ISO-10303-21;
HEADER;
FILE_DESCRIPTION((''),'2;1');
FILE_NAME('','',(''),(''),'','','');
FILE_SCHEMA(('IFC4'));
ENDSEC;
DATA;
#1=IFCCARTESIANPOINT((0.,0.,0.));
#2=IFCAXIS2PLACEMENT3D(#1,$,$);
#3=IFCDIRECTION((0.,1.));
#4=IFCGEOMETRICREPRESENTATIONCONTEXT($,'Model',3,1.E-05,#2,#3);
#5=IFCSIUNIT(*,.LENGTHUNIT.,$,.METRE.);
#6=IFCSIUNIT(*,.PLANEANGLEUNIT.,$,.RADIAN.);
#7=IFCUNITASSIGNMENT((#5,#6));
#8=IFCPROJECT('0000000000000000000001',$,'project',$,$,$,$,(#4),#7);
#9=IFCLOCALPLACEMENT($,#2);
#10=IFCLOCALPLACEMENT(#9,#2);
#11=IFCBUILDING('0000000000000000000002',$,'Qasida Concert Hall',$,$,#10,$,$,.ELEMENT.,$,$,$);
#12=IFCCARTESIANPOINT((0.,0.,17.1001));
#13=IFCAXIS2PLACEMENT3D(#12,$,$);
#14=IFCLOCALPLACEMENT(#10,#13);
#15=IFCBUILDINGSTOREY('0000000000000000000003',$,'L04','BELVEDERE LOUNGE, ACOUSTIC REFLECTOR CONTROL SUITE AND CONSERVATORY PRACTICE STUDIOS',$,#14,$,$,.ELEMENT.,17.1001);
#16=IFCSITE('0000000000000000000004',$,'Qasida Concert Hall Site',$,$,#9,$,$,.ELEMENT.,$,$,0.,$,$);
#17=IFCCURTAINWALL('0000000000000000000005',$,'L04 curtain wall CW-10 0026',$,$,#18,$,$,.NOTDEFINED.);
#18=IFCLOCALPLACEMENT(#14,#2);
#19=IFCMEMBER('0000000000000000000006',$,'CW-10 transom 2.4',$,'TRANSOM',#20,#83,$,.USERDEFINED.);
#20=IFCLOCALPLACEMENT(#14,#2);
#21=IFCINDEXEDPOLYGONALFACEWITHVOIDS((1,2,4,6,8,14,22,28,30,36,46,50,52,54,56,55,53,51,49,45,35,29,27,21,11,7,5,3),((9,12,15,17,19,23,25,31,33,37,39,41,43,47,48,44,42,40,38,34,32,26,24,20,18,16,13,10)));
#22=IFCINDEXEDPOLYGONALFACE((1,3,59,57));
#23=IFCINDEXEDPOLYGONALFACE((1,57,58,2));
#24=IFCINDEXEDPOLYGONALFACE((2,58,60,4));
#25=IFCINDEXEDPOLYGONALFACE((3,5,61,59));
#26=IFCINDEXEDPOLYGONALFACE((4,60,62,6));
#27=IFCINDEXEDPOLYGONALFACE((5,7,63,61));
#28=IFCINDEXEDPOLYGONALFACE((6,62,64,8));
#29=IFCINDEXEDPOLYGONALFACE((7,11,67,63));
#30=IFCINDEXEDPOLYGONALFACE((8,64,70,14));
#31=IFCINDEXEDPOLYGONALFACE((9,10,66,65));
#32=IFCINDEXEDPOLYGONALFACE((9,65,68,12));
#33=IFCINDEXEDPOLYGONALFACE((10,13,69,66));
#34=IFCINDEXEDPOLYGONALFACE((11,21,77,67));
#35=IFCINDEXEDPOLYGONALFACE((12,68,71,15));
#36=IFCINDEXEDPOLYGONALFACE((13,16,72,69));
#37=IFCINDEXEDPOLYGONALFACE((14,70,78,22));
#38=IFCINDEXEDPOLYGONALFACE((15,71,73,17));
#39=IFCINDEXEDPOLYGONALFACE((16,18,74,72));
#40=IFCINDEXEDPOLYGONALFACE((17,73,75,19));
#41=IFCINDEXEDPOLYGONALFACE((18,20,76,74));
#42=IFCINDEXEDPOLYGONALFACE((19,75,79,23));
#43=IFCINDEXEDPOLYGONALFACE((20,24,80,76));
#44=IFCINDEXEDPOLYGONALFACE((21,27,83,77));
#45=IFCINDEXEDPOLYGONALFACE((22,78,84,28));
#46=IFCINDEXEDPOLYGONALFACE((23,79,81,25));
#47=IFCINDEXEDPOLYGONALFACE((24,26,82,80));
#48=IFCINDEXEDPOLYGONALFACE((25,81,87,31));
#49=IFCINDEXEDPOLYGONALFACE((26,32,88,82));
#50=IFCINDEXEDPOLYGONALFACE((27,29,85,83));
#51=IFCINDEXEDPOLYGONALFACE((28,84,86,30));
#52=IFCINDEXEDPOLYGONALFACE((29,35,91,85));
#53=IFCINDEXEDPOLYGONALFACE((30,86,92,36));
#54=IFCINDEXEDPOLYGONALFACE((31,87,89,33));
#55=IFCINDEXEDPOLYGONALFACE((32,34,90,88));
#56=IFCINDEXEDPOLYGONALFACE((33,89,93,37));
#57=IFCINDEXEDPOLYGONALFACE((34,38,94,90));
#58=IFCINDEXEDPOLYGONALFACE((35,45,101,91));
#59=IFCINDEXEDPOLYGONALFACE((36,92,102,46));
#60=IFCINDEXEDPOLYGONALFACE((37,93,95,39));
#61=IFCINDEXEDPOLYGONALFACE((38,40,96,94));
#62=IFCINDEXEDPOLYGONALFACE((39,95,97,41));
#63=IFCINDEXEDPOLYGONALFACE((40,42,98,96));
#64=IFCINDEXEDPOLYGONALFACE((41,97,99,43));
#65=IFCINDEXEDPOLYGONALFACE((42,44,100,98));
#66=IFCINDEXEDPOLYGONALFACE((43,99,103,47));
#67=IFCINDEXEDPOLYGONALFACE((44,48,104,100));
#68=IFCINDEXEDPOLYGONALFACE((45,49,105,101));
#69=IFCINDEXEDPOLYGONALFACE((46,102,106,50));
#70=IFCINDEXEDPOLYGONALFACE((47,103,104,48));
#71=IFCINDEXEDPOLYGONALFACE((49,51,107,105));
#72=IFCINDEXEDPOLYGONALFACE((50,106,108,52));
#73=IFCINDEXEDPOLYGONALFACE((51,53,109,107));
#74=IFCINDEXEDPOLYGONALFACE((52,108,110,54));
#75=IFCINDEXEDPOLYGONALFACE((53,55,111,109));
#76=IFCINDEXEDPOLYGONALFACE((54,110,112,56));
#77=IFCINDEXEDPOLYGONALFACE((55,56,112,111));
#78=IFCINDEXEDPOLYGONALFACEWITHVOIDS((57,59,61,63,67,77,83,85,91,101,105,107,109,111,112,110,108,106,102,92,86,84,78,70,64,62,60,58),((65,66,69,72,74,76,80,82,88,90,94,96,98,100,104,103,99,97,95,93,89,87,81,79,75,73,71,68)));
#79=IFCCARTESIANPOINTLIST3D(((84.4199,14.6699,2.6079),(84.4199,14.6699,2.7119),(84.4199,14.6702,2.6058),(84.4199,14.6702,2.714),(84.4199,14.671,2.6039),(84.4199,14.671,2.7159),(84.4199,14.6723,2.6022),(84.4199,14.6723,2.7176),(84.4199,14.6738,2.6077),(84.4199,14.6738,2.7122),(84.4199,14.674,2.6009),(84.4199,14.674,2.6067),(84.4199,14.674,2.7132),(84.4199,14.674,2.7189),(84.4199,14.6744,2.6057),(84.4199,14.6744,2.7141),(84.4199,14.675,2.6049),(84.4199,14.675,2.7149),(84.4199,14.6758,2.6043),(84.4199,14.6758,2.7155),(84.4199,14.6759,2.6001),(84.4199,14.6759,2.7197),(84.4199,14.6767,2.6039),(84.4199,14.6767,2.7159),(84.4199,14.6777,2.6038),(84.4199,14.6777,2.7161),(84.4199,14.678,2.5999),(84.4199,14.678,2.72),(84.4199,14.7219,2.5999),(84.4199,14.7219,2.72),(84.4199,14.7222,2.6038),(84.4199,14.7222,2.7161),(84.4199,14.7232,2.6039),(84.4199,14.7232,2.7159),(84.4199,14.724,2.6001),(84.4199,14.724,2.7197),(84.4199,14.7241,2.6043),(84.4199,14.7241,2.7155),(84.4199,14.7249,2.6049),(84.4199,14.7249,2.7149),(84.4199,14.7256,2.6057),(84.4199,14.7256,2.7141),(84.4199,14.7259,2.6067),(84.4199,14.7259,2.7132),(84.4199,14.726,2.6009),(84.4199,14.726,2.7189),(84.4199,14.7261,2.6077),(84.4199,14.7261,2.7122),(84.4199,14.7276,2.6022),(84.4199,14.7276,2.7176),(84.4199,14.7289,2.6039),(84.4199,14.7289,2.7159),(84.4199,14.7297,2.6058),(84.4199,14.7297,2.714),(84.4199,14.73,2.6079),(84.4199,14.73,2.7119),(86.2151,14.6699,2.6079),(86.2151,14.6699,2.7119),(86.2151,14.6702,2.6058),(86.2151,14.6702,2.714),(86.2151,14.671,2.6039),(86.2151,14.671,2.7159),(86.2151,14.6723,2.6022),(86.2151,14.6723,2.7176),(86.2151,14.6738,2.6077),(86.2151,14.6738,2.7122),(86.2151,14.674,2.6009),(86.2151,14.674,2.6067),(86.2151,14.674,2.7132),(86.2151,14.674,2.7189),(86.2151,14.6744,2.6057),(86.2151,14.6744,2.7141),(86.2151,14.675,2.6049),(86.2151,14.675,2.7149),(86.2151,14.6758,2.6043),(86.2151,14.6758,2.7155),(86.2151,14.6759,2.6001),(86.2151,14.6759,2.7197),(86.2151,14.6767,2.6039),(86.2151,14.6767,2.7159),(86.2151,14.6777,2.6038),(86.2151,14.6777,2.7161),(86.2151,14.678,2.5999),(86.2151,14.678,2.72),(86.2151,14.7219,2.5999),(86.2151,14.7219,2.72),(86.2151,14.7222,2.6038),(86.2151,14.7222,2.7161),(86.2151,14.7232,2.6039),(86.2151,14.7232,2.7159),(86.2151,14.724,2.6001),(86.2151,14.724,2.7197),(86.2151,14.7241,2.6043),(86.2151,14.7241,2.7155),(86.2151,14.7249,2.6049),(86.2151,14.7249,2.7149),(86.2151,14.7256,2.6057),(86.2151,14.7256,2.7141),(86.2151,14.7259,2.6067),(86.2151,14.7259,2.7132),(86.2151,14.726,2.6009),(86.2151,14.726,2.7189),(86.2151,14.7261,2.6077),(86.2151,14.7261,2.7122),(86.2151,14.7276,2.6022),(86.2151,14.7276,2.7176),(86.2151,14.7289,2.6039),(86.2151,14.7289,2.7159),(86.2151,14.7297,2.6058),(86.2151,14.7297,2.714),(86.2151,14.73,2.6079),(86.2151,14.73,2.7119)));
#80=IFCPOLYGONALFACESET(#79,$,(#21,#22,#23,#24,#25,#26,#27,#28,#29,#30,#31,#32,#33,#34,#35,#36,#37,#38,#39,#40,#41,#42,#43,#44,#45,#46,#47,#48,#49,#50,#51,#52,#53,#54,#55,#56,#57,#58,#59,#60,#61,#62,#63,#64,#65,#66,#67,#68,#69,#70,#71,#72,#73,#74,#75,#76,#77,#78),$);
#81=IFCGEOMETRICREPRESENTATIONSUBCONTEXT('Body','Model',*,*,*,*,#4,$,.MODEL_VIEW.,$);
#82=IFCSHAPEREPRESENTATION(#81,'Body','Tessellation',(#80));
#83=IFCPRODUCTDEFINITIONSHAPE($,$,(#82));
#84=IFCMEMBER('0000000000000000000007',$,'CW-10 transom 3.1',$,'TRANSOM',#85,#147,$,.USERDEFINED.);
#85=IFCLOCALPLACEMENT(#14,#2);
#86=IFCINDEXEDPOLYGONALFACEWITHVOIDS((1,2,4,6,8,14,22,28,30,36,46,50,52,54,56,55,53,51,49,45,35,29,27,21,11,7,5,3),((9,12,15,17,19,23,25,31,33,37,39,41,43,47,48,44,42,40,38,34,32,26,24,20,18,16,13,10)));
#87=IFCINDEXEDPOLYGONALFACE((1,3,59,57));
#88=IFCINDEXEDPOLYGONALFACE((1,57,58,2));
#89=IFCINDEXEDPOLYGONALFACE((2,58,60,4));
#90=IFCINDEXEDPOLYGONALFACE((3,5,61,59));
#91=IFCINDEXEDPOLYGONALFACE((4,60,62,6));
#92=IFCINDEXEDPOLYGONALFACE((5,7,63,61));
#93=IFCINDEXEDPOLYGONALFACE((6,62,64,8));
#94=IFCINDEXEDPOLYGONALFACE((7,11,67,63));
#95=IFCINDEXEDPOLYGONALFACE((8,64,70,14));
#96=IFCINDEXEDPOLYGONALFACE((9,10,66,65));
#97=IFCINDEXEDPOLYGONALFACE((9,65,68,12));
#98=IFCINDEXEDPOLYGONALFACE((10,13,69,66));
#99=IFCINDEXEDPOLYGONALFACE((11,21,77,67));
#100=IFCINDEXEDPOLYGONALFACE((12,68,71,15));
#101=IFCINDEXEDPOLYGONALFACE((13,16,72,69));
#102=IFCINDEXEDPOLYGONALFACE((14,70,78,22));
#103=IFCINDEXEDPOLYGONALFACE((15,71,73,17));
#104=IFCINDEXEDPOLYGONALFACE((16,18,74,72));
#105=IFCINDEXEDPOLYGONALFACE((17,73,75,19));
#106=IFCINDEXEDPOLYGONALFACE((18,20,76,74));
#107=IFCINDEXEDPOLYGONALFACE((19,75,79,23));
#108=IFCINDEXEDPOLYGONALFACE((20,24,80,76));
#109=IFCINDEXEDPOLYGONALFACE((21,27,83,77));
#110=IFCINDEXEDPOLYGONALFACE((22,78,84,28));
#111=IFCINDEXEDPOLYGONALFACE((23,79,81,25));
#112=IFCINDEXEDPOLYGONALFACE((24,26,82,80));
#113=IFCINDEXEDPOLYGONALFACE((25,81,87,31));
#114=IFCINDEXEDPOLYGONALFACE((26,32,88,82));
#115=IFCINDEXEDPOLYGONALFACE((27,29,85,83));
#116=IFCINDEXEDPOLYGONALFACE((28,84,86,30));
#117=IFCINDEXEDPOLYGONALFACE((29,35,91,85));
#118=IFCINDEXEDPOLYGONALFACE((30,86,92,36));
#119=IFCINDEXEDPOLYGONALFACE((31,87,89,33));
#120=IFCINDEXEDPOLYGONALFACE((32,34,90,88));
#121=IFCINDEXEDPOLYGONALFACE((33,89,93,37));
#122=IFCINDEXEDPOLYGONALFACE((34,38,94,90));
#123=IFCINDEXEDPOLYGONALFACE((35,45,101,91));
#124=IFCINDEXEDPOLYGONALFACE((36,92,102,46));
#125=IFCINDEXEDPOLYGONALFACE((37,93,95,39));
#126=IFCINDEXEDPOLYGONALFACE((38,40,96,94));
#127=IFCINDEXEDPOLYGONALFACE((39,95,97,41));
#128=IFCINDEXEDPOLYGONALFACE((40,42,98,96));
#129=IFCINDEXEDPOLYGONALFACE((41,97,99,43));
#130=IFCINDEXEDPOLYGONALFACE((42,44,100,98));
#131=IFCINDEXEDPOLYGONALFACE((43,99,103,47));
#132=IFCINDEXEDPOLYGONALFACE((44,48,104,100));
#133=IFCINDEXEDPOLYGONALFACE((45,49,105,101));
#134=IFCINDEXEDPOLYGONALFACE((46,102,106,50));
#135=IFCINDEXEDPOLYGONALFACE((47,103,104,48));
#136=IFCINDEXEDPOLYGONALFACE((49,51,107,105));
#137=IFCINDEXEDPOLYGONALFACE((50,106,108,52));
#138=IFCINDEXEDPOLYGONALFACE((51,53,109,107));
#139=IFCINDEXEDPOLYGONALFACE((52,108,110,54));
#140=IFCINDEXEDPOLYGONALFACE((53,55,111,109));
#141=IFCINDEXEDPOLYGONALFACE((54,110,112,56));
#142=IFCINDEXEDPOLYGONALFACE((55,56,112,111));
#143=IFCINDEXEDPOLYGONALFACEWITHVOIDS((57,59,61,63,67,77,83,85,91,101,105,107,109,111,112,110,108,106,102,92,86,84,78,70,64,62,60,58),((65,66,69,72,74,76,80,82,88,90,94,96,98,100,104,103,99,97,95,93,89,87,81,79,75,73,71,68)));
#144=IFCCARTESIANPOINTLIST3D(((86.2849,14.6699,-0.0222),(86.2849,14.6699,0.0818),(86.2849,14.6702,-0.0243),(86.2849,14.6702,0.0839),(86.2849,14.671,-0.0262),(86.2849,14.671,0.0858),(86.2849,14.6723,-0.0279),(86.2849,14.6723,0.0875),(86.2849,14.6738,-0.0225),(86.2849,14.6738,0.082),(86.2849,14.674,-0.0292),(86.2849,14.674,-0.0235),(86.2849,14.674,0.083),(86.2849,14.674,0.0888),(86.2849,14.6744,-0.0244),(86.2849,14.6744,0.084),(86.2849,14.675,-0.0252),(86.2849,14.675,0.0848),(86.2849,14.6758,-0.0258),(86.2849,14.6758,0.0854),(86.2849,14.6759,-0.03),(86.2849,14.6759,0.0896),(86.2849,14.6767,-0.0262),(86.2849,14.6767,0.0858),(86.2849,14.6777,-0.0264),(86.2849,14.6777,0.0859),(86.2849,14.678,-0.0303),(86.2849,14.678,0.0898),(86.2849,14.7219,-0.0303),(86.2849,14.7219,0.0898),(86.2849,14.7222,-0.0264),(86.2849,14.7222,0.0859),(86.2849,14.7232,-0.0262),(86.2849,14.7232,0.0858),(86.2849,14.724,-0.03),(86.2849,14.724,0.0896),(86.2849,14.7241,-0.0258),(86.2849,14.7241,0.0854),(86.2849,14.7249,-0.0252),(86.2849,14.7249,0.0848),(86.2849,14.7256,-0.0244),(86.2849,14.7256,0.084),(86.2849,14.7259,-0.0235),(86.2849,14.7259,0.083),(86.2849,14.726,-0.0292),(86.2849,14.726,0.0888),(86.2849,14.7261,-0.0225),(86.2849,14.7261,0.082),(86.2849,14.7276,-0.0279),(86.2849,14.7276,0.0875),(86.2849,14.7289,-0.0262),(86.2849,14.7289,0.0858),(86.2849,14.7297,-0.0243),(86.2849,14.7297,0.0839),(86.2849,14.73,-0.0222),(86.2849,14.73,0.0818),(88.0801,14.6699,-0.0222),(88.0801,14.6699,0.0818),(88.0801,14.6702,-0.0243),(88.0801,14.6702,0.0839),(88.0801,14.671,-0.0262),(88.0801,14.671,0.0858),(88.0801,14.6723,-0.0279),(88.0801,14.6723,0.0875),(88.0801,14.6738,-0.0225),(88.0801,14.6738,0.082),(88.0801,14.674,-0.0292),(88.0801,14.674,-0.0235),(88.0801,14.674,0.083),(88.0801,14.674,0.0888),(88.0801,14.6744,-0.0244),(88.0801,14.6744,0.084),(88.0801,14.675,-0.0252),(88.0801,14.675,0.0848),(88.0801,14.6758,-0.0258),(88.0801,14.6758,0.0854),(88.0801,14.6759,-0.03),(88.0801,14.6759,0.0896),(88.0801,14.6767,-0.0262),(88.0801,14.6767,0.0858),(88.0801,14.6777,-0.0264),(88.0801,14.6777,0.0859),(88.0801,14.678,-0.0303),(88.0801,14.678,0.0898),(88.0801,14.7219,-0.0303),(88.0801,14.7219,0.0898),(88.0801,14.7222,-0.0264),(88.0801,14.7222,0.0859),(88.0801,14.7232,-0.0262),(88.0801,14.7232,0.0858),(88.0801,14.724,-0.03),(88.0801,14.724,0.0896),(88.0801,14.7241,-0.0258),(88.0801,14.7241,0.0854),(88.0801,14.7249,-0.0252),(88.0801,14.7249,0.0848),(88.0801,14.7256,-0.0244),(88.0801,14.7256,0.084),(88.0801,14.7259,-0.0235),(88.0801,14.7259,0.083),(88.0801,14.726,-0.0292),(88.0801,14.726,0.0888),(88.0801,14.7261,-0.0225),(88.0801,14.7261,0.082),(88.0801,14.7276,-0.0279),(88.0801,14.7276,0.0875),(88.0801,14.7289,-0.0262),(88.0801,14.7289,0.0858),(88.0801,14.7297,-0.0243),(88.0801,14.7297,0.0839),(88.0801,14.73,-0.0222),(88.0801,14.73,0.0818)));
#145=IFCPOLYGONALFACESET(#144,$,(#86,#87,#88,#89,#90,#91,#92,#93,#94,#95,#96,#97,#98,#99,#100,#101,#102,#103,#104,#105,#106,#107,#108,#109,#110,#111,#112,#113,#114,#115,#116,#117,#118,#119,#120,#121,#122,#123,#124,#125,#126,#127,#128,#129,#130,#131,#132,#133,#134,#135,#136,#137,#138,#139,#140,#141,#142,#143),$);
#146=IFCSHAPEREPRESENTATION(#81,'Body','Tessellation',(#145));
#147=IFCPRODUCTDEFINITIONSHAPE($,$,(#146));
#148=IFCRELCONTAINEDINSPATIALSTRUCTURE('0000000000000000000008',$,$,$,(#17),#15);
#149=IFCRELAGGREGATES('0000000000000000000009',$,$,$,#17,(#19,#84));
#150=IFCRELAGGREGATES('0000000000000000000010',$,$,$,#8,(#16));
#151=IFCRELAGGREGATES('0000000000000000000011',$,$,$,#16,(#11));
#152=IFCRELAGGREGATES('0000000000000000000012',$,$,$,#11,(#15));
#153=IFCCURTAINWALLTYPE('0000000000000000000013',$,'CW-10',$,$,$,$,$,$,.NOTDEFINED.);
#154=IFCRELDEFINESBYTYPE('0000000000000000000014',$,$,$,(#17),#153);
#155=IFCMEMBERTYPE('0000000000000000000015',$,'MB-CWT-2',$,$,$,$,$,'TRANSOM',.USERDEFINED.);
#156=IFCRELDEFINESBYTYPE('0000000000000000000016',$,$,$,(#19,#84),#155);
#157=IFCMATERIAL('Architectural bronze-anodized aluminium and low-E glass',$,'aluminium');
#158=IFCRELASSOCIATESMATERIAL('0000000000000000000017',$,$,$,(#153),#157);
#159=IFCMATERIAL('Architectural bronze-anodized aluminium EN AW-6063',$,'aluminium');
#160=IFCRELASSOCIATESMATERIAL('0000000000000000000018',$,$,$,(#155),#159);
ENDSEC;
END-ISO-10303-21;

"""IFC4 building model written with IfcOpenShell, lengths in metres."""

from ifc_helpers import new_model, si_unit, direction, frame, origin, origin_2d, place, context, subcontext, project, spatial, hollow_rectangle, extrude, material, material_profile, profile_set, type_object, element, aggregate, save


model = new_model("IFC4")

# Units and contexts
model_context = context("Model", 3, precision=1e-05, world=origin(), true_north=direction((0.0, 1.0)))
body_context = subcontext(model_context, "Body", "Model", "MODEL_VIEW")
ifc_project = project(units=[si_unit("LENGTHUNIT", "METRE"), si_unit("PLANEANGLEUNIT", "RADIAN")], contexts=[model_context])

# Site, building, storey
site_placement = place(None, origin())
site = spatial("IfcSite", under=ifc_project, at=site_placement, Name="Qasida Concert Hall Site", CompositionType="ELEMENT", RefElevation=0.0)
building_placement = place(site_placement, origin())
building = spatial("IfcBuilding", under=site, at=building_placement, Name="Qasida Concert Hall", CompositionType="ELEMENT")
storey_placement = place(building_placement, frame((0.0, 0.0, 17.1001)))
storey = spatial("IfcBuildingStorey", under=building, at=storey_placement, Name="L04", Description="BELVEDERE LOUNGE, ACOUSTIC REFLECTOR CONTROL SUITE AND CONSERVATORY PRACTICE STUDIOS", CompositionType="ELEMENT", Elevation=17.1001)

# Curtain wall, members
ifc_material_1 = material(Name="Architectural bronze-anodized aluminium and low-E glass", Category="aluminium")
curtain_wall_type = type_object("IfcCurtainWallType", Name="CW-10", PredefinedType="NOTDEFINED", material=ifc_material_1)
curtain_wall_placement = place(storey_placement, origin())
curtain_wall = element("IfcCurtainWall", 1, at=curtain_wall_placement, inside=storey, type_object=curtain_wall_type, Name="L04 curtain wall CW-10 0026", PredefinedType="NOTDEFINED")
ifc_material_2 = material(Name="Architectural bronze-anodized aluminium EN AW-6063", Category="aluminium")
ifc_material_profile_1 = material_profile(ifc_material_2, hollow_rectangle(XDim=0.0601, YDim=0.1201, WallThickness=0.0039, InnerFilletRadius=0.0039, OuterFilletRadius=0.0081, at=origin_2d()), Name="CWT 120x60x4")
ifc_profile_set_1 = profile_set([ifc_material_profile_1], Name="Architectural bronze-anodized aluminium EN AW-6063")
member_type_1 = type_object("IfcMemberType", Name="MB-CWT-2", ElementType="TRANSOM", PredefinedType="USERDEFINED", material=ifc_profile_set_1)
member_1_placement = place(storey_placement, frame((84.4199, 14.7, 2.6599), z_axis=(1.0, 0.0, 0.0), x_axis=(0.0, 1.0, 0.0)))
member_1 = element("IfcMember", 2, at=member_1_placement, type_object=member_type_1, Name="CW-10 transom 2.4", ObjectType="TRANSOM", PredefinedType="USERDEFINED", context=body_context, shape_type="SweptSolid", body=[
    extrude(hollow_rectangle(XDim=0.0601, YDim=0.1201, WallThickness=0.0039, InnerFilletRadius=0.0039, OuterFilletRadius=0.0081, at=origin_2d()), origin(), (0.0, 0.0, 1.0), 1.7952),
])
member_2_placement = place(storey_placement, frame((86.2849, 14.7, 0.0298), z_axis=(1.0, 0.0, 0.0), x_axis=(0.0, 1.0, 0.0)))
member_2 = element("IfcMember", 3, at=member_2_placement, type_object=member_type_1, Name="CW-10 transom 3.1", ObjectType="TRANSOM", PredefinedType="USERDEFINED", context=body_context, shape_type="SweptSolid", body=[
    extrude(hollow_rectangle(XDim=0.0601, YDim=0.1201, WallThickness=0.0039, InnerFilletRadius=0.0039, OuterFilletRadius=0.0081, at=origin_2d()), origin(), (0.0, 0.0, 1.0), 1.7952),
])
aggregate(curtain_wall, [member_1, member_2])

save(model, "model.ifc")
